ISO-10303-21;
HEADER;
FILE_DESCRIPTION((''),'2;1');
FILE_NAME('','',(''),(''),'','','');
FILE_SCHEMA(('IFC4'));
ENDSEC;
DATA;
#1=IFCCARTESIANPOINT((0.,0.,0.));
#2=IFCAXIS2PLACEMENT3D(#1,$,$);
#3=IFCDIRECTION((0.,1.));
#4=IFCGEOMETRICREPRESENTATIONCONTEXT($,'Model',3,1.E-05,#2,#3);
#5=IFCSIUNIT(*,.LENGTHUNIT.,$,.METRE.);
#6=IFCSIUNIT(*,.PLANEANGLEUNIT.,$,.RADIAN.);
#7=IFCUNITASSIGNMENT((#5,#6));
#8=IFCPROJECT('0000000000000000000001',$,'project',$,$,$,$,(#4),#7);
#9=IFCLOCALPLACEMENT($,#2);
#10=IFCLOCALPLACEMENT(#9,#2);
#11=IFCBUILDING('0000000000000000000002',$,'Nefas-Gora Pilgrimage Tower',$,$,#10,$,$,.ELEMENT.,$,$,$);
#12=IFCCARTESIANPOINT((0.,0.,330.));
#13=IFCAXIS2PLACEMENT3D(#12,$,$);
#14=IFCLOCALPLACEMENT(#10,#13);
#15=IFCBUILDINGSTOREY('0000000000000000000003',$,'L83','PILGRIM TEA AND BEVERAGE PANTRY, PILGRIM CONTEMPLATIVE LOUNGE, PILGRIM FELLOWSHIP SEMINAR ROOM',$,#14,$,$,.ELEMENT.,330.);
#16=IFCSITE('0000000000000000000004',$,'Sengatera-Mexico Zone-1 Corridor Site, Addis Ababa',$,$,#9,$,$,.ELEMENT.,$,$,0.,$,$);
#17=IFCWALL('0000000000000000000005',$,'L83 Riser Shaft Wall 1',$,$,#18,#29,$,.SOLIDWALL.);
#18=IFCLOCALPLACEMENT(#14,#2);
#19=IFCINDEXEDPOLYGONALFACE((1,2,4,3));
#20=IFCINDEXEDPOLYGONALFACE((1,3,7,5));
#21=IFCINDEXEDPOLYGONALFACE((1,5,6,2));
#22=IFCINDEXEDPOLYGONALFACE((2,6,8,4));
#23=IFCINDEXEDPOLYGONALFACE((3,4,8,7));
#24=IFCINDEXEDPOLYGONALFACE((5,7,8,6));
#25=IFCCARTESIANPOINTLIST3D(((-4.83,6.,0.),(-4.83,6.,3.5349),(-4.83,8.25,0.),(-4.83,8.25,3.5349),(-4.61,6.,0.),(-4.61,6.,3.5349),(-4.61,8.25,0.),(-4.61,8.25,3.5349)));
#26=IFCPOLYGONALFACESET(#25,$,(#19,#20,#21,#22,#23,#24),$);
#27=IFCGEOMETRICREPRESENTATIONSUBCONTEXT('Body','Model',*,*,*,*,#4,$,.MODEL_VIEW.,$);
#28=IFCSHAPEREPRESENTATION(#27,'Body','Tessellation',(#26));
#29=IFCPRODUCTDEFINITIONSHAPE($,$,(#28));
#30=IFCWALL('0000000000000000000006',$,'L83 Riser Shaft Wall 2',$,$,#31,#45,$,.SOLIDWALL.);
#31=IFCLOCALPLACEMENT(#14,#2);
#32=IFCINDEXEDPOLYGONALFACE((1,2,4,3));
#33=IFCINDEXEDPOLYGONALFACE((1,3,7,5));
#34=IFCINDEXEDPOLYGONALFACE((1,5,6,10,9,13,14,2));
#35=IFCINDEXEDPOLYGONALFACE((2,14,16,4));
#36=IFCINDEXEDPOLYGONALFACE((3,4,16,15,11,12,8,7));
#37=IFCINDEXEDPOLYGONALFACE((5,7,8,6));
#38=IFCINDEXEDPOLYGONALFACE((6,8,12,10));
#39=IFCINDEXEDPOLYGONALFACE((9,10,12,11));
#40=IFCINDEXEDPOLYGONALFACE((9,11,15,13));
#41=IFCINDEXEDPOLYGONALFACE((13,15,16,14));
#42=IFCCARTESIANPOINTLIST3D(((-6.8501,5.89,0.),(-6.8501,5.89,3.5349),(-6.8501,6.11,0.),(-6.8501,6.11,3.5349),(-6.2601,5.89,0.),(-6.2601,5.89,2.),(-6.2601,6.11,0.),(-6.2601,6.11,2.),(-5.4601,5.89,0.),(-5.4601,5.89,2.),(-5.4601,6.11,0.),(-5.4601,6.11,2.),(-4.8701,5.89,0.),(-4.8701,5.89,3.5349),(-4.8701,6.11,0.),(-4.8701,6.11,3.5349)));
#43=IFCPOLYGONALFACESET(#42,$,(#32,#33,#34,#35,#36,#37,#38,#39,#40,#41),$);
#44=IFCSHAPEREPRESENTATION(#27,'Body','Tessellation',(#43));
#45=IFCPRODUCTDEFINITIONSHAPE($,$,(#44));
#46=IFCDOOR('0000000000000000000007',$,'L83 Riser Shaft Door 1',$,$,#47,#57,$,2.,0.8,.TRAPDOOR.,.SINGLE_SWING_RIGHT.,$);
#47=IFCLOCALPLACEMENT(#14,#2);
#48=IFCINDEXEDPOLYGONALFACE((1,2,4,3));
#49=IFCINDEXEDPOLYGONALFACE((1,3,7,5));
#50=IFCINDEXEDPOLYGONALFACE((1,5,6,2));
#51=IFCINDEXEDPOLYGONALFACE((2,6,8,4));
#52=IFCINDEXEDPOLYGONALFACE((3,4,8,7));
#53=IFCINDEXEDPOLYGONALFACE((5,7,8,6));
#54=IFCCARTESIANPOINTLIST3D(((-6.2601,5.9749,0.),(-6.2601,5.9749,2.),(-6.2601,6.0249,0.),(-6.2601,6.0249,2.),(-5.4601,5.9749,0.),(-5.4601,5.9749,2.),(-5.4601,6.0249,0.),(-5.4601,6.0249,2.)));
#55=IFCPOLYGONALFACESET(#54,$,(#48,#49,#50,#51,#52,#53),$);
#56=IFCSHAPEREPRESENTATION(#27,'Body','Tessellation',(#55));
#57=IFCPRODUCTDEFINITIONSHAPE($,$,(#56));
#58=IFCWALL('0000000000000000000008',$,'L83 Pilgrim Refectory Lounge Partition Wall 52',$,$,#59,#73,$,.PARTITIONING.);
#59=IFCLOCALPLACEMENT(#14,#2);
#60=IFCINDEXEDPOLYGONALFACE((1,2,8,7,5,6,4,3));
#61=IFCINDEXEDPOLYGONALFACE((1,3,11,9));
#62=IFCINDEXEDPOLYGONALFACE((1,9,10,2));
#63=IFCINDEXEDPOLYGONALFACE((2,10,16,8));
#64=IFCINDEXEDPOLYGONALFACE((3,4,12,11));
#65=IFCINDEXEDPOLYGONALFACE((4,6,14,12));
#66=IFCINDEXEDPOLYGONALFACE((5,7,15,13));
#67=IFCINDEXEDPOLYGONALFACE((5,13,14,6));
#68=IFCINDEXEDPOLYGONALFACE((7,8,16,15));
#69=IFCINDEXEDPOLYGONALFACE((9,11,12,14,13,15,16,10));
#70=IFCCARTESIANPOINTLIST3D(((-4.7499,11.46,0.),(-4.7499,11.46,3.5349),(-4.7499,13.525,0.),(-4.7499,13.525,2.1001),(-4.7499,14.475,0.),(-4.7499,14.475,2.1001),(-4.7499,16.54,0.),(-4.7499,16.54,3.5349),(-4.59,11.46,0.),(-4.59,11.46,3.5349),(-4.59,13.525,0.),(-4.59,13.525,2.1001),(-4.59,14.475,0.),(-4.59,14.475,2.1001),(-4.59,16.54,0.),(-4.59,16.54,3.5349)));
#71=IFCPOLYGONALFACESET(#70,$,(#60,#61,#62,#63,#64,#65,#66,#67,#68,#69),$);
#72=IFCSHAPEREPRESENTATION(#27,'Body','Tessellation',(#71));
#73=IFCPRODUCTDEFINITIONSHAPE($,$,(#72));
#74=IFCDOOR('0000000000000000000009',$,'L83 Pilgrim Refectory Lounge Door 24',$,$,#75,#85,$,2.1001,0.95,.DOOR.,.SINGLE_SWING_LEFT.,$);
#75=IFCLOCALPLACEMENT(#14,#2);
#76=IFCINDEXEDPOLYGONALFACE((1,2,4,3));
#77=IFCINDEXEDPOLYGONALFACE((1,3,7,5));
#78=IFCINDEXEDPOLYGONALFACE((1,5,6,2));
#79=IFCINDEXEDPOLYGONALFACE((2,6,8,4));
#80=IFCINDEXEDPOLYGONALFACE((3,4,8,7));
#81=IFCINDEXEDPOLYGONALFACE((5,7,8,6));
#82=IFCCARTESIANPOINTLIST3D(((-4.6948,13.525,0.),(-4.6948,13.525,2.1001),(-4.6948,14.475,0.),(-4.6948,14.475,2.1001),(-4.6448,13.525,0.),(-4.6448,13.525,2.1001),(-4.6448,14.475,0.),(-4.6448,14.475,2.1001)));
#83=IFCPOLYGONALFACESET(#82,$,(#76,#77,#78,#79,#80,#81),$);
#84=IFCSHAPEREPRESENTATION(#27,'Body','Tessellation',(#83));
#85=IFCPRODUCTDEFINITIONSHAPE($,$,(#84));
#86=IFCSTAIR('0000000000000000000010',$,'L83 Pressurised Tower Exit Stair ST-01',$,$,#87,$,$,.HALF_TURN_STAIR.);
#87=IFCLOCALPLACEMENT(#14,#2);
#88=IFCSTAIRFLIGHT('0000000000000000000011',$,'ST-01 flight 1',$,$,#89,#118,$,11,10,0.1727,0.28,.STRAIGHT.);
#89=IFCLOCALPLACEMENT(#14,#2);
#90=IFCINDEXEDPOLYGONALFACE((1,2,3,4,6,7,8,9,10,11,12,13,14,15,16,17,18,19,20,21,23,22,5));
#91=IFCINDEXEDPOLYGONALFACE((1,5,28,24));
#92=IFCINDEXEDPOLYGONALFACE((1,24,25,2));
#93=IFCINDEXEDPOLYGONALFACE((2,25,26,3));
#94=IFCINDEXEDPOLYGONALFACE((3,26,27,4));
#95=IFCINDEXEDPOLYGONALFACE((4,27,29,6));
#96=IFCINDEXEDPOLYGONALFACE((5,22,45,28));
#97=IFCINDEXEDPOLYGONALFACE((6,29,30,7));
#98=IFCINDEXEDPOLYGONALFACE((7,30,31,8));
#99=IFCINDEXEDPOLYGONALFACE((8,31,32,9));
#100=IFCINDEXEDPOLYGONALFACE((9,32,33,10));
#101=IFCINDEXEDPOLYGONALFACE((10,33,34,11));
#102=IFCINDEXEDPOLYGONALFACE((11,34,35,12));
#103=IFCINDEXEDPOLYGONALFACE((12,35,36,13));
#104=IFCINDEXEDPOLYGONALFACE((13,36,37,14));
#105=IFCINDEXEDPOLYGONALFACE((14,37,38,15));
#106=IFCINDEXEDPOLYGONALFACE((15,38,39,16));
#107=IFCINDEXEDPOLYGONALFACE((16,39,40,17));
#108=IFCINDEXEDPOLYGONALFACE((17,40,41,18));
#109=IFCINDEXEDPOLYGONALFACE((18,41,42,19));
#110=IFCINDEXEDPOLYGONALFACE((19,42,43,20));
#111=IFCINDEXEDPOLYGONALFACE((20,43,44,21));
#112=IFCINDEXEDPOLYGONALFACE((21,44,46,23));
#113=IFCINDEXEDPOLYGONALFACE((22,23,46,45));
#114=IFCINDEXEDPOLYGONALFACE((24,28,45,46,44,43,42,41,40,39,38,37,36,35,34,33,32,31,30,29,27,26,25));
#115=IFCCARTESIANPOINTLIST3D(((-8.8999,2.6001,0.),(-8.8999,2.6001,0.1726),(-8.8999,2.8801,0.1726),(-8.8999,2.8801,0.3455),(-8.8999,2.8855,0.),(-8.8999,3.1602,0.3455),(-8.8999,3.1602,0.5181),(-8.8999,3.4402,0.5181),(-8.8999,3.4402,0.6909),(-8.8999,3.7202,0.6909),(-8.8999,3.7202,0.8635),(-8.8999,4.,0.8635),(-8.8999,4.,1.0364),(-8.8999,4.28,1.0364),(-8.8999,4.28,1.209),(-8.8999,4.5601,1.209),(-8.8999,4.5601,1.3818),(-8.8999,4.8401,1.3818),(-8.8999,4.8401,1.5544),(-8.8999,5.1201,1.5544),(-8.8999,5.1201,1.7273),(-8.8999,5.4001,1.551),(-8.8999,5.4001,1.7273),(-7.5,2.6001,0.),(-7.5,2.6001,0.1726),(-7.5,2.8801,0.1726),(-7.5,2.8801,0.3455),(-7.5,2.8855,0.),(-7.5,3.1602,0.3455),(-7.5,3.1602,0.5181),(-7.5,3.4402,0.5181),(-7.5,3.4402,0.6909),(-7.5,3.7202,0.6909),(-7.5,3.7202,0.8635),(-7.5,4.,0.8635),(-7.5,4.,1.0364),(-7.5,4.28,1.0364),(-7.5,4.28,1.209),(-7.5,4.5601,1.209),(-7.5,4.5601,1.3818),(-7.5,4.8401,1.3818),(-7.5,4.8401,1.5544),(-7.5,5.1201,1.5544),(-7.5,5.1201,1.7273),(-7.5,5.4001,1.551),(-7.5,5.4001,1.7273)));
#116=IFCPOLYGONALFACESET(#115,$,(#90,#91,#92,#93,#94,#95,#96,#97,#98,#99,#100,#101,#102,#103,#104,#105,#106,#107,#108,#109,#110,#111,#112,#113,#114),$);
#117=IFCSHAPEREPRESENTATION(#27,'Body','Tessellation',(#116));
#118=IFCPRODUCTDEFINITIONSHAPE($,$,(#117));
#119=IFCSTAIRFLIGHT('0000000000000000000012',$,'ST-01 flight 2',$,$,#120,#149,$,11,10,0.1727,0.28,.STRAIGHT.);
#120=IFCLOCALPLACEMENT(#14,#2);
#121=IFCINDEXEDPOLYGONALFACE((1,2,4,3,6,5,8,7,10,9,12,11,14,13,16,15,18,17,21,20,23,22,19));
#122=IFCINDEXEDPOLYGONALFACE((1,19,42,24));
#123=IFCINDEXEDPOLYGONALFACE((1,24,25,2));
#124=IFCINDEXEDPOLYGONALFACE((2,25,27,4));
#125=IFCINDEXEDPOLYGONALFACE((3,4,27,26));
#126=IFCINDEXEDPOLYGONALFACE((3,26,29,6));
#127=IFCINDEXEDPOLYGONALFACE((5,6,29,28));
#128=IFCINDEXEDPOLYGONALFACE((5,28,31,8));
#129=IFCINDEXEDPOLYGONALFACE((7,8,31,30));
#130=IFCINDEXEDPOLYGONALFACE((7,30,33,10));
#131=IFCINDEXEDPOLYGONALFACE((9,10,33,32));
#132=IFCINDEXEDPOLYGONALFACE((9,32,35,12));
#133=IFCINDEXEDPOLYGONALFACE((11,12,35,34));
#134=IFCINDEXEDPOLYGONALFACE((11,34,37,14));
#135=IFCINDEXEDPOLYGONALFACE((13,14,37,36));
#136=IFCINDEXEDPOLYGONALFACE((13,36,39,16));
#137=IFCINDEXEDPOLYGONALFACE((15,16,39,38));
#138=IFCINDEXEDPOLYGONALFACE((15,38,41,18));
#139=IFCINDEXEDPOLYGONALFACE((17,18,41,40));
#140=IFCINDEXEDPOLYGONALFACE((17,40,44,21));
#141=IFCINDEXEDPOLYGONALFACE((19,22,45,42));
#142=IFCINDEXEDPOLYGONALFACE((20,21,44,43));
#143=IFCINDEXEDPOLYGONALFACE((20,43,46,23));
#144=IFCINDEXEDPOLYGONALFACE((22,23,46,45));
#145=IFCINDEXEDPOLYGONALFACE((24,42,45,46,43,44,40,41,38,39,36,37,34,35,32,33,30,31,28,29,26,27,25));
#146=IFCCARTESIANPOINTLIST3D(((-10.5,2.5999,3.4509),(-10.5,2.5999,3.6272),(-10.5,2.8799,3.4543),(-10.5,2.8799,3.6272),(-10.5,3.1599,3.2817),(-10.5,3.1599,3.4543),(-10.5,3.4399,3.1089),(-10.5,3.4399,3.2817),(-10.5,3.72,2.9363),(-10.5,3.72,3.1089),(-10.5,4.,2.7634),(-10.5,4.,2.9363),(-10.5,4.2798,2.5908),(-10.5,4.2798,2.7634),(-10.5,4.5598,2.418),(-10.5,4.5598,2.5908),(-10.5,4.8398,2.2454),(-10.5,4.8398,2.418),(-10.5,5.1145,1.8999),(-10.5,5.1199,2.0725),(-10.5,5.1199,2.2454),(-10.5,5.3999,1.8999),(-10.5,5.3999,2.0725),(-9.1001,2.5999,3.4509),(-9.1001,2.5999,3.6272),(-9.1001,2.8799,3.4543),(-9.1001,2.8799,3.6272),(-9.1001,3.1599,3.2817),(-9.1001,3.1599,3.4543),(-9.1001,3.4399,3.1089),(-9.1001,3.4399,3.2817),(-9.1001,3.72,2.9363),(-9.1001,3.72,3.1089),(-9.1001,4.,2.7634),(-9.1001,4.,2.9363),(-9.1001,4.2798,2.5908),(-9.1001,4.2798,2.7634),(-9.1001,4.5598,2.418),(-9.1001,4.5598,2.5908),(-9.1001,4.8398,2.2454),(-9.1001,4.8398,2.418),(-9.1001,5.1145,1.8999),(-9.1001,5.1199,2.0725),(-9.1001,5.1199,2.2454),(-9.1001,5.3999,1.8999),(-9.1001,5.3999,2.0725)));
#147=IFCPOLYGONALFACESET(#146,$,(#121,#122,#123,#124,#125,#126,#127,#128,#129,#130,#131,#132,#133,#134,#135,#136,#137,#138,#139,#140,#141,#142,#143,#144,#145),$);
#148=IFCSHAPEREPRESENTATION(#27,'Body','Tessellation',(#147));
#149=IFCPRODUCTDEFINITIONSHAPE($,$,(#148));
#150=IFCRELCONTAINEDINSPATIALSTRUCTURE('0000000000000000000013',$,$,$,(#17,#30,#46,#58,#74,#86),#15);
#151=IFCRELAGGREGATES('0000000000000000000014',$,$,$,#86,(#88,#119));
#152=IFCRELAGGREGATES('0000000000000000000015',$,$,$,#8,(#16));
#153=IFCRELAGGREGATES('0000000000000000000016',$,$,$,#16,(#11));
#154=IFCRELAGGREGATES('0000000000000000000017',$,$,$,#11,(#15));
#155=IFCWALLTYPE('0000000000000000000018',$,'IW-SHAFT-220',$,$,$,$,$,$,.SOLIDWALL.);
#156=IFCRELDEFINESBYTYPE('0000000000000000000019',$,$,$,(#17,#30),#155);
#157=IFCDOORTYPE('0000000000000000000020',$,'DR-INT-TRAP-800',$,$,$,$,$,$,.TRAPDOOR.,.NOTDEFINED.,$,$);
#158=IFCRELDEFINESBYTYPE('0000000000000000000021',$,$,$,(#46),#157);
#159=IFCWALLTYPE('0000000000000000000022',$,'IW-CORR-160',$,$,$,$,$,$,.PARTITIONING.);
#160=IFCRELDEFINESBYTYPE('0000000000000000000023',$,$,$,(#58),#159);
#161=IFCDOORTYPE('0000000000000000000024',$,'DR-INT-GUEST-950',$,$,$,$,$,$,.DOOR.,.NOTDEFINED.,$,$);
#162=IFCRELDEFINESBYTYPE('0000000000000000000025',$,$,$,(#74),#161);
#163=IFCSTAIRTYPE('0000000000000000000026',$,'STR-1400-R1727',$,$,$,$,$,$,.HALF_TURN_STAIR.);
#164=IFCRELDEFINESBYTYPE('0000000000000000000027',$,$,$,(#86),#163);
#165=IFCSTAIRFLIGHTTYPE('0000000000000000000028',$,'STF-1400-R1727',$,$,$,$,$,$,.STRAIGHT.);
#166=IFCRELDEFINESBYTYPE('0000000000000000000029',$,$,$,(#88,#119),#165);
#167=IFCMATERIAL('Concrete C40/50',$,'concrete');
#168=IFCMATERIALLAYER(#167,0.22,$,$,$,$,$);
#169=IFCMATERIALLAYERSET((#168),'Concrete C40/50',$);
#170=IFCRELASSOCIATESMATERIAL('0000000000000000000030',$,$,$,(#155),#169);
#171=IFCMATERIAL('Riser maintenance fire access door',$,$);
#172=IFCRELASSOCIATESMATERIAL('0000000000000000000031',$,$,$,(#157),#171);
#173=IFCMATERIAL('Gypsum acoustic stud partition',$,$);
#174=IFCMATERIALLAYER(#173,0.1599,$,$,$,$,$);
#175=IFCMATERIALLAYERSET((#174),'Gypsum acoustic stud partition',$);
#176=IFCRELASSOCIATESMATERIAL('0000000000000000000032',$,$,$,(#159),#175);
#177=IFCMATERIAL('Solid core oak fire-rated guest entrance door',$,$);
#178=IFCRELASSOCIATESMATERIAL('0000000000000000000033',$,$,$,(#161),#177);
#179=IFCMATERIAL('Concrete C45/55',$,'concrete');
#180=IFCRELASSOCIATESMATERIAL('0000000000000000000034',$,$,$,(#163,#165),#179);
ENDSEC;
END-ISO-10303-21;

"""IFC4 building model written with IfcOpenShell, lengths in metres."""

from ifc_helpers import new_model, si_unit, direction, frame, frame_2d, origin, place, context, subcontext, project, spatial, polyline, rectangle, outline, extrude, source, transform, mapped, material, layer, layer_set, type_object, element, fill, aggregate, save


model = new_model("IFC4")

# Units and contexts
model_context = context("Model", 3, precision=1e-05, world=origin(), true_north=direction((0.0, 1.0)))
body_context = subcontext(model_context, "Body", "Model", "MODEL_VIEW")
ifc_project = project(units=[si_unit("LENGTHUNIT", "METRE"), si_unit("PLANEANGLEUNIT", "RADIAN")], contexts=[model_context])

# Site, building, storey
site_placement = place(None, origin())
site = spatial("IfcSite", under=ifc_project, at=site_placement, Name="Sengatera-Mexico Zone-1 Corridor Site, Addis Ababa", CompositionType="ELEMENT", RefElevation=0.0)
building_placement = place(site_placement, origin())
building = spatial("IfcBuilding", under=site, at=building_placement, Name="Nefas-Gora Pilgrimage Tower", CompositionType="ELEMENT")
storey_placement = place(building_placement, frame((0.0, 0.0, 330.0)))
storey = spatial("IfcBuildingStorey", under=building, at=storey_placement, Name="L83", Description="PILGRIM TEA AND BEVERAGE PANTRY, PILGRIM CONTEMPLATIVE LOUNGE, PILGRIM FELLOWSHIP SEMINAR ROOM", CompositionType="ELEMENT", Elevation=330.0)

# Shared definitions
ifc_material_1 = material(Name="Concrete C45/55", Category="concrete")

# Shared definitions
ifc_material_2 = material(Name="Concrete C40/50", Category="concrete")
ifc_layer_1 = layer(ifc_material_2, 0.22)
ifc_layer_set_1 = layer_set([ifc_layer_1], Name="Concrete C40/50")
wall_type_1 = type_object("IfcWallType", Name="IW-SHAFT-220", PredefinedType="SOLIDWALL", material=ifc_layer_set_1)

# Wall
shared_shape_1 = source(origin(), body_context, "Body", "SweptSolid", [
    extrude(rectangle(XDim=2.25, YDim=0.22, at=frame_2d((1.125, 0.0))), origin(), (0.0, 0.0, 1.0), 3.5349),
])
wall_1_placement = place(storey_placement, frame((-4.72, 6.0, 0.0), z_axis=(0.0, 0.0, 1.0), x_axis=(0.0, 1.0, 0.0)))
element("IfcWall", 1, at=wall_1_placement, inside=storey, type_object=wall_type_1, Name="L83 Riser Shaft Wall 1", PredefinedType="SOLIDWALL", context=body_context, shape_type="MappedRepresentation", body=[
    mapped(shared_shape_1, transform((0.0, 0.0, 0.0), x_axis=(1.0, 0.0, 0.0), y_axis=(0.0, 1.0, 0.0), z_axis=(0.0, 0.0, 1.0), scale=1.0)),
])

# Walls, openings, doors
shared_shape_2 = source(origin(), body_context, "Body", "SweptSolid", [
    extrude(rectangle(XDim=1.98, YDim=0.22, at=frame_2d((0.99, 0.0))), origin(), (0.0, 0.0, 1.0), 3.5349),
])
wall_2_placement = place(storey_placement, frame((-6.8501, 6.0, 0.0), z_axis=(0.0, 0.0, 1.0), x_axis=(1.0, 0.0, 0.0)))
wall_2 = element("IfcWall", 2, at=wall_2_placement, inside=storey, type_object=wall_type_1, Name="L83 Riser Shaft Wall 2", PredefinedType="SOLIDWALL", context=body_context, shape_type="MappedRepresentation", body=[
    mapped(shared_shape_2, transform((0.0, 0.0, 0.0), x_axis=(1.0, 0.0, 0.0), y_axis=(0.0, 1.0, 0.0), z_axis=(0.0, 0.0, 1.0), scale=1.0)),
])
opening_1_placement = place(wall_2_placement, frame((0.5901, 0.0, 0.0)))
opening_1 = element("IfcOpeningElement", 3, at=opening_1_placement, cuts=wall_2, PredefinedType="OPENING", context=body_context, shape_type="SweptSolid", body=[
    extrude(rectangle(XDim=0.8, YDim=2.0, at=frame_2d((0.3999, 1.0))), frame((0.0, 0.1199, 0.0), z_axis=(0.0, -1.0, 0.0), x_axis=(1.0, 0.0, 0.0)), (0.0, 0.0, 1.0), 0.24),
])
ifc_material_3 = material(Name="Riser maintenance fire access door")
door_type_1 = type_object("IfcDoorType", Name="DR-INT-TRAP-800", OperationType="NOTDEFINED", PredefinedType="TRAPDOOR", material=ifc_material_3)
shared_shape_3 = source(origin(), body_context, "Body", "SweptSolid", [
    extrude(rectangle(XDim=0.8, YDim=2.0, at=frame_2d((0.3999, 1.0))), frame((0.0, 0.0249, 0.0), z_axis=(0.0, -1.0, 0.0), x_axis=(1.0, 0.0, 0.0)), (0.0, 0.0, 1.0), 0.05),
])
door_1_placement = place(opening_1_placement, origin())
door_1 = element("IfcDoor", 4, at=door_1_placement, inside=storey, type_object=door_type_1, Name="L83 Riser Shaft Door 1", OperationType="SINGLE_SWING_RIGHT", OverallHeight=2.0, OverallWidth=0.8, PredefinedType="TRAPDOOR", context=body_context, shape_type="MappedRepresentation", body=[
    mapped(shared_shape_3, transform((0.0, 0.0, 0.0), x_axis=(1.0, 0.0, 0.0), y_axis=(0.0, 1.0, 0.0), z_axis=(0.0, 0.0, 1.0), scale=1.0)),
])
fill(opening_1, door_1)
ifc_material_4 = material(Name="Gypsum acoustic stud partition")
ifc_layer_2 = layer(ifc_material_4, 0.1599)
ifc_layer_set_2 = layer_set([ifc_layer_2], Name="Gypsum acoustic stud partition")
wall_type_2 = type_object("IfcWallType", Name="IW-CORR-160", PredefinedType="PARTITIONING", material=ifc_layer_set_2)
shared_shape_4 = source(origin(), body_context, "Body", "SweptSolid", [
    extrude(rectangle(XDim=5.0801, YDim=0.1599, at=frame_2d((2.54, 0.0))), origin(), (0.0, 0.0, 1.0), 3.5349),
])
wall_3_placement = place(storey_placement, frame((-4.6699, 11.46, 0.0), z_axis=(0.0, 0.0, 1.0), x_axis=(0.0, 1.0, 0.0)))
wall_3 = element("IfcWall", 5, at=wall_3_placement, inside=storey, type_object=wall_type_2, Name="L83 Pilgrim Refectory Lounge Partition Wall 52", PredefinedType="PARTITIONING", context=body_context, shape_type="MappedRepresentation", body=[
    mapped(shared_shape_4, transform((0.0, 0.0, 0.0), x_axis=(1.0, 0.0, 0.0), y_axis=(0.0, 1.0, 0.0), z_axis=(0.0, 0.0, 1.0), scale=1.0)),
])
opening_2_placement = place(wall_3_placement, frame((2.0649, 0.0, 0.0)))
opening_2 = element("IfcOpeningElement", 6, at=opening_2_placement, cuts=wall_3, PredefinedType="OPENING", context=body_context, shape_type="SweptSolid", body=[
    extrude(rectangle(XDim=0.95, YDim=2.1001, at=frame_2d((0.4751, 1.05))), frame((0.0, 0.0898, 0.0), z_axis=(0.0, -1.0, 0.0), x_axis=(1.0, 0.0, 0.0)), (0.0, 0.0, 1.0), 0.1799),
])
ifc_material_5 = material(Name="Solid core oak fire-rated guest entrance door")
door_type_2 = type_object("IfcDoorType", Name="DR-INT-GUEST-950", OperationType="NOTDEFINED", PredefinedType="DOOR", material=ifc_material_5)
shared_shape_5 = source(origin(), body_context, "Body", "SweptSolid", [
    extrude(rectangle(XDim=0.95, YDim=2.1001, at=frame_2d((0.4751, 1.05))), frame((0.0, 0.0249, 0.0), z_axis=(0.0, -1.0, 0.0), x_axis=(1.0, 0.0, 0.0)), (0.0, 0.0, 1.0), 0.05),
])
door_2_placement = place(opening_2_placement, origin())
door_2 = element("IfcDoor", 7, at=door_2_placement, inside=storey, type_object=door_type_2, Name="L83 Pilgrim Refectory Lounge Door 24", OperationType="SINGLE_SWING_LEFT", OverallHeight=2.1001, OverallWidth=0.95, PredefinedType="DOOR", context=body_context, shape_type="MappedRepresentation", body=[
    mapped(shared_shape_5, transform((0.0, 0.0, 0.0), x_axis=(1.0, 0.0, 0.0), y_axis=(0.0, 1.0, 0.0), z_axis=(0.0, 0.0, 1.0), scale=1.0)),
])
fill(opening_2, door_2)

# Stair, stair flights
stair_type = type_object("IfcStairType", Name="STR-1400-R1727", PredefinedType="HALF_TURN_STAIR", material=ifc_material_1)
stair_placement = place(storey_placement, origin())
stair = element("IfcStair", 8, at=stair_placement, inside=storey, type_object=stair_type, Name="L83 Pressurised Tower Exit Stair ST-01", PredefinedType="HALF_TURN_STAIR")
stair_flight_type = type_object("IfcStairFlightType", Name="STF-1400-R1727", PredefinedType="STRAIGHT", material=ifc_material_1)
shared_shape_6 = source(origin(), body_context, "Body", "SweptSolid", [
    extrude(outline(polyline([(0.0, 0.0), (0.0, 0.1726), (0.28, 0.1726), (0.28, 0.3455), (0.5601, 0.3455), (0.5601, 0.5181), (0.8401, 0.5181), (0.8401, 0.6909), (1.1201, 0.6909), (1.1201, 0.8635), (1.3999, 0.8635), (1.3999, 1.0364), (1.6799, 1.0364), (1.6799, 1.209), (1.96, 1.209), (1.96, 1.3818), (2.24, 1.3818), (2.24, 1.5544), (2.52, 1.5544), (2.52, 1.7273), (2.8, 1.7273), (2.8, 1.8999), (2.8, 1.551), (0.2854, 0.0), (0.0, 0.0)])), frame((0.0, 0.7, 0.0), z_axis=(0.0, -1.0, 0.0), x_axis=(1.0, 0.0, 0.0)), (0.0, 0.0, 1.0), 1.3999),
])
stair_flight_1_placement = place(storey_placement, frame((-8.2, 2.6001, 0.0), z_axis=(0.0, 0.0, 1.0), x_axis=(0.0, 1.0, 0.0)))
stair_flight_1 = element("IfcStairFlight", 9, at=stair_flight_1_placement, type_object=stair_flight_type, Name="ST-01 flight 1", NumberOfRisers=11, NumberOfTreads=10, PredefinedType="STRAIGHT", RiserHeight=0.1727, TreadLength=0.28, context=body_context, shape_type="MappedRepresentation", body=[
    mapped(shared_shape_6, transform((0.0, 0.0, 0.0), x_axis=(1.0, 0.0, 0.0), y_axis=(0.0, 1.0, 0.0), z_axis=(0.0, 0.0, 1.0), scale=1.0)),
])
stair_flight_2_placement = place(storey_placement, frame((-9.8, 5.3999, 1.8999), z_axis=(0.0, 0.0, 1.0), x_axis=(0.0, -1.0, 0.0)))
stair_flight_2 = element("IfcStairFlight", 10, at=stair_flight_2_placement, type_object=stair_flight_type, Name="ST-01 flight 2", NumberOfRisers=11, NumberOfTreads=10, PredefinedType="STRAIGHT", RiserHeight=0.1727, TreadLength=0.28, context=body_context, shape_type="MappedRepresentation", body=[
    mapped(shared_shape_6, transform((0.0, 0.0, 0.0), x_axis=(1.0, 0.0, 0.0), y_axis=(0.0, 1.0, 0.0), z_axis=(0.0, 0.0, 1.0), scale=1.0)),
])
aggregate(stair, [stair_flight_1, stair_flight_2])

save(model, "model.ifc")
